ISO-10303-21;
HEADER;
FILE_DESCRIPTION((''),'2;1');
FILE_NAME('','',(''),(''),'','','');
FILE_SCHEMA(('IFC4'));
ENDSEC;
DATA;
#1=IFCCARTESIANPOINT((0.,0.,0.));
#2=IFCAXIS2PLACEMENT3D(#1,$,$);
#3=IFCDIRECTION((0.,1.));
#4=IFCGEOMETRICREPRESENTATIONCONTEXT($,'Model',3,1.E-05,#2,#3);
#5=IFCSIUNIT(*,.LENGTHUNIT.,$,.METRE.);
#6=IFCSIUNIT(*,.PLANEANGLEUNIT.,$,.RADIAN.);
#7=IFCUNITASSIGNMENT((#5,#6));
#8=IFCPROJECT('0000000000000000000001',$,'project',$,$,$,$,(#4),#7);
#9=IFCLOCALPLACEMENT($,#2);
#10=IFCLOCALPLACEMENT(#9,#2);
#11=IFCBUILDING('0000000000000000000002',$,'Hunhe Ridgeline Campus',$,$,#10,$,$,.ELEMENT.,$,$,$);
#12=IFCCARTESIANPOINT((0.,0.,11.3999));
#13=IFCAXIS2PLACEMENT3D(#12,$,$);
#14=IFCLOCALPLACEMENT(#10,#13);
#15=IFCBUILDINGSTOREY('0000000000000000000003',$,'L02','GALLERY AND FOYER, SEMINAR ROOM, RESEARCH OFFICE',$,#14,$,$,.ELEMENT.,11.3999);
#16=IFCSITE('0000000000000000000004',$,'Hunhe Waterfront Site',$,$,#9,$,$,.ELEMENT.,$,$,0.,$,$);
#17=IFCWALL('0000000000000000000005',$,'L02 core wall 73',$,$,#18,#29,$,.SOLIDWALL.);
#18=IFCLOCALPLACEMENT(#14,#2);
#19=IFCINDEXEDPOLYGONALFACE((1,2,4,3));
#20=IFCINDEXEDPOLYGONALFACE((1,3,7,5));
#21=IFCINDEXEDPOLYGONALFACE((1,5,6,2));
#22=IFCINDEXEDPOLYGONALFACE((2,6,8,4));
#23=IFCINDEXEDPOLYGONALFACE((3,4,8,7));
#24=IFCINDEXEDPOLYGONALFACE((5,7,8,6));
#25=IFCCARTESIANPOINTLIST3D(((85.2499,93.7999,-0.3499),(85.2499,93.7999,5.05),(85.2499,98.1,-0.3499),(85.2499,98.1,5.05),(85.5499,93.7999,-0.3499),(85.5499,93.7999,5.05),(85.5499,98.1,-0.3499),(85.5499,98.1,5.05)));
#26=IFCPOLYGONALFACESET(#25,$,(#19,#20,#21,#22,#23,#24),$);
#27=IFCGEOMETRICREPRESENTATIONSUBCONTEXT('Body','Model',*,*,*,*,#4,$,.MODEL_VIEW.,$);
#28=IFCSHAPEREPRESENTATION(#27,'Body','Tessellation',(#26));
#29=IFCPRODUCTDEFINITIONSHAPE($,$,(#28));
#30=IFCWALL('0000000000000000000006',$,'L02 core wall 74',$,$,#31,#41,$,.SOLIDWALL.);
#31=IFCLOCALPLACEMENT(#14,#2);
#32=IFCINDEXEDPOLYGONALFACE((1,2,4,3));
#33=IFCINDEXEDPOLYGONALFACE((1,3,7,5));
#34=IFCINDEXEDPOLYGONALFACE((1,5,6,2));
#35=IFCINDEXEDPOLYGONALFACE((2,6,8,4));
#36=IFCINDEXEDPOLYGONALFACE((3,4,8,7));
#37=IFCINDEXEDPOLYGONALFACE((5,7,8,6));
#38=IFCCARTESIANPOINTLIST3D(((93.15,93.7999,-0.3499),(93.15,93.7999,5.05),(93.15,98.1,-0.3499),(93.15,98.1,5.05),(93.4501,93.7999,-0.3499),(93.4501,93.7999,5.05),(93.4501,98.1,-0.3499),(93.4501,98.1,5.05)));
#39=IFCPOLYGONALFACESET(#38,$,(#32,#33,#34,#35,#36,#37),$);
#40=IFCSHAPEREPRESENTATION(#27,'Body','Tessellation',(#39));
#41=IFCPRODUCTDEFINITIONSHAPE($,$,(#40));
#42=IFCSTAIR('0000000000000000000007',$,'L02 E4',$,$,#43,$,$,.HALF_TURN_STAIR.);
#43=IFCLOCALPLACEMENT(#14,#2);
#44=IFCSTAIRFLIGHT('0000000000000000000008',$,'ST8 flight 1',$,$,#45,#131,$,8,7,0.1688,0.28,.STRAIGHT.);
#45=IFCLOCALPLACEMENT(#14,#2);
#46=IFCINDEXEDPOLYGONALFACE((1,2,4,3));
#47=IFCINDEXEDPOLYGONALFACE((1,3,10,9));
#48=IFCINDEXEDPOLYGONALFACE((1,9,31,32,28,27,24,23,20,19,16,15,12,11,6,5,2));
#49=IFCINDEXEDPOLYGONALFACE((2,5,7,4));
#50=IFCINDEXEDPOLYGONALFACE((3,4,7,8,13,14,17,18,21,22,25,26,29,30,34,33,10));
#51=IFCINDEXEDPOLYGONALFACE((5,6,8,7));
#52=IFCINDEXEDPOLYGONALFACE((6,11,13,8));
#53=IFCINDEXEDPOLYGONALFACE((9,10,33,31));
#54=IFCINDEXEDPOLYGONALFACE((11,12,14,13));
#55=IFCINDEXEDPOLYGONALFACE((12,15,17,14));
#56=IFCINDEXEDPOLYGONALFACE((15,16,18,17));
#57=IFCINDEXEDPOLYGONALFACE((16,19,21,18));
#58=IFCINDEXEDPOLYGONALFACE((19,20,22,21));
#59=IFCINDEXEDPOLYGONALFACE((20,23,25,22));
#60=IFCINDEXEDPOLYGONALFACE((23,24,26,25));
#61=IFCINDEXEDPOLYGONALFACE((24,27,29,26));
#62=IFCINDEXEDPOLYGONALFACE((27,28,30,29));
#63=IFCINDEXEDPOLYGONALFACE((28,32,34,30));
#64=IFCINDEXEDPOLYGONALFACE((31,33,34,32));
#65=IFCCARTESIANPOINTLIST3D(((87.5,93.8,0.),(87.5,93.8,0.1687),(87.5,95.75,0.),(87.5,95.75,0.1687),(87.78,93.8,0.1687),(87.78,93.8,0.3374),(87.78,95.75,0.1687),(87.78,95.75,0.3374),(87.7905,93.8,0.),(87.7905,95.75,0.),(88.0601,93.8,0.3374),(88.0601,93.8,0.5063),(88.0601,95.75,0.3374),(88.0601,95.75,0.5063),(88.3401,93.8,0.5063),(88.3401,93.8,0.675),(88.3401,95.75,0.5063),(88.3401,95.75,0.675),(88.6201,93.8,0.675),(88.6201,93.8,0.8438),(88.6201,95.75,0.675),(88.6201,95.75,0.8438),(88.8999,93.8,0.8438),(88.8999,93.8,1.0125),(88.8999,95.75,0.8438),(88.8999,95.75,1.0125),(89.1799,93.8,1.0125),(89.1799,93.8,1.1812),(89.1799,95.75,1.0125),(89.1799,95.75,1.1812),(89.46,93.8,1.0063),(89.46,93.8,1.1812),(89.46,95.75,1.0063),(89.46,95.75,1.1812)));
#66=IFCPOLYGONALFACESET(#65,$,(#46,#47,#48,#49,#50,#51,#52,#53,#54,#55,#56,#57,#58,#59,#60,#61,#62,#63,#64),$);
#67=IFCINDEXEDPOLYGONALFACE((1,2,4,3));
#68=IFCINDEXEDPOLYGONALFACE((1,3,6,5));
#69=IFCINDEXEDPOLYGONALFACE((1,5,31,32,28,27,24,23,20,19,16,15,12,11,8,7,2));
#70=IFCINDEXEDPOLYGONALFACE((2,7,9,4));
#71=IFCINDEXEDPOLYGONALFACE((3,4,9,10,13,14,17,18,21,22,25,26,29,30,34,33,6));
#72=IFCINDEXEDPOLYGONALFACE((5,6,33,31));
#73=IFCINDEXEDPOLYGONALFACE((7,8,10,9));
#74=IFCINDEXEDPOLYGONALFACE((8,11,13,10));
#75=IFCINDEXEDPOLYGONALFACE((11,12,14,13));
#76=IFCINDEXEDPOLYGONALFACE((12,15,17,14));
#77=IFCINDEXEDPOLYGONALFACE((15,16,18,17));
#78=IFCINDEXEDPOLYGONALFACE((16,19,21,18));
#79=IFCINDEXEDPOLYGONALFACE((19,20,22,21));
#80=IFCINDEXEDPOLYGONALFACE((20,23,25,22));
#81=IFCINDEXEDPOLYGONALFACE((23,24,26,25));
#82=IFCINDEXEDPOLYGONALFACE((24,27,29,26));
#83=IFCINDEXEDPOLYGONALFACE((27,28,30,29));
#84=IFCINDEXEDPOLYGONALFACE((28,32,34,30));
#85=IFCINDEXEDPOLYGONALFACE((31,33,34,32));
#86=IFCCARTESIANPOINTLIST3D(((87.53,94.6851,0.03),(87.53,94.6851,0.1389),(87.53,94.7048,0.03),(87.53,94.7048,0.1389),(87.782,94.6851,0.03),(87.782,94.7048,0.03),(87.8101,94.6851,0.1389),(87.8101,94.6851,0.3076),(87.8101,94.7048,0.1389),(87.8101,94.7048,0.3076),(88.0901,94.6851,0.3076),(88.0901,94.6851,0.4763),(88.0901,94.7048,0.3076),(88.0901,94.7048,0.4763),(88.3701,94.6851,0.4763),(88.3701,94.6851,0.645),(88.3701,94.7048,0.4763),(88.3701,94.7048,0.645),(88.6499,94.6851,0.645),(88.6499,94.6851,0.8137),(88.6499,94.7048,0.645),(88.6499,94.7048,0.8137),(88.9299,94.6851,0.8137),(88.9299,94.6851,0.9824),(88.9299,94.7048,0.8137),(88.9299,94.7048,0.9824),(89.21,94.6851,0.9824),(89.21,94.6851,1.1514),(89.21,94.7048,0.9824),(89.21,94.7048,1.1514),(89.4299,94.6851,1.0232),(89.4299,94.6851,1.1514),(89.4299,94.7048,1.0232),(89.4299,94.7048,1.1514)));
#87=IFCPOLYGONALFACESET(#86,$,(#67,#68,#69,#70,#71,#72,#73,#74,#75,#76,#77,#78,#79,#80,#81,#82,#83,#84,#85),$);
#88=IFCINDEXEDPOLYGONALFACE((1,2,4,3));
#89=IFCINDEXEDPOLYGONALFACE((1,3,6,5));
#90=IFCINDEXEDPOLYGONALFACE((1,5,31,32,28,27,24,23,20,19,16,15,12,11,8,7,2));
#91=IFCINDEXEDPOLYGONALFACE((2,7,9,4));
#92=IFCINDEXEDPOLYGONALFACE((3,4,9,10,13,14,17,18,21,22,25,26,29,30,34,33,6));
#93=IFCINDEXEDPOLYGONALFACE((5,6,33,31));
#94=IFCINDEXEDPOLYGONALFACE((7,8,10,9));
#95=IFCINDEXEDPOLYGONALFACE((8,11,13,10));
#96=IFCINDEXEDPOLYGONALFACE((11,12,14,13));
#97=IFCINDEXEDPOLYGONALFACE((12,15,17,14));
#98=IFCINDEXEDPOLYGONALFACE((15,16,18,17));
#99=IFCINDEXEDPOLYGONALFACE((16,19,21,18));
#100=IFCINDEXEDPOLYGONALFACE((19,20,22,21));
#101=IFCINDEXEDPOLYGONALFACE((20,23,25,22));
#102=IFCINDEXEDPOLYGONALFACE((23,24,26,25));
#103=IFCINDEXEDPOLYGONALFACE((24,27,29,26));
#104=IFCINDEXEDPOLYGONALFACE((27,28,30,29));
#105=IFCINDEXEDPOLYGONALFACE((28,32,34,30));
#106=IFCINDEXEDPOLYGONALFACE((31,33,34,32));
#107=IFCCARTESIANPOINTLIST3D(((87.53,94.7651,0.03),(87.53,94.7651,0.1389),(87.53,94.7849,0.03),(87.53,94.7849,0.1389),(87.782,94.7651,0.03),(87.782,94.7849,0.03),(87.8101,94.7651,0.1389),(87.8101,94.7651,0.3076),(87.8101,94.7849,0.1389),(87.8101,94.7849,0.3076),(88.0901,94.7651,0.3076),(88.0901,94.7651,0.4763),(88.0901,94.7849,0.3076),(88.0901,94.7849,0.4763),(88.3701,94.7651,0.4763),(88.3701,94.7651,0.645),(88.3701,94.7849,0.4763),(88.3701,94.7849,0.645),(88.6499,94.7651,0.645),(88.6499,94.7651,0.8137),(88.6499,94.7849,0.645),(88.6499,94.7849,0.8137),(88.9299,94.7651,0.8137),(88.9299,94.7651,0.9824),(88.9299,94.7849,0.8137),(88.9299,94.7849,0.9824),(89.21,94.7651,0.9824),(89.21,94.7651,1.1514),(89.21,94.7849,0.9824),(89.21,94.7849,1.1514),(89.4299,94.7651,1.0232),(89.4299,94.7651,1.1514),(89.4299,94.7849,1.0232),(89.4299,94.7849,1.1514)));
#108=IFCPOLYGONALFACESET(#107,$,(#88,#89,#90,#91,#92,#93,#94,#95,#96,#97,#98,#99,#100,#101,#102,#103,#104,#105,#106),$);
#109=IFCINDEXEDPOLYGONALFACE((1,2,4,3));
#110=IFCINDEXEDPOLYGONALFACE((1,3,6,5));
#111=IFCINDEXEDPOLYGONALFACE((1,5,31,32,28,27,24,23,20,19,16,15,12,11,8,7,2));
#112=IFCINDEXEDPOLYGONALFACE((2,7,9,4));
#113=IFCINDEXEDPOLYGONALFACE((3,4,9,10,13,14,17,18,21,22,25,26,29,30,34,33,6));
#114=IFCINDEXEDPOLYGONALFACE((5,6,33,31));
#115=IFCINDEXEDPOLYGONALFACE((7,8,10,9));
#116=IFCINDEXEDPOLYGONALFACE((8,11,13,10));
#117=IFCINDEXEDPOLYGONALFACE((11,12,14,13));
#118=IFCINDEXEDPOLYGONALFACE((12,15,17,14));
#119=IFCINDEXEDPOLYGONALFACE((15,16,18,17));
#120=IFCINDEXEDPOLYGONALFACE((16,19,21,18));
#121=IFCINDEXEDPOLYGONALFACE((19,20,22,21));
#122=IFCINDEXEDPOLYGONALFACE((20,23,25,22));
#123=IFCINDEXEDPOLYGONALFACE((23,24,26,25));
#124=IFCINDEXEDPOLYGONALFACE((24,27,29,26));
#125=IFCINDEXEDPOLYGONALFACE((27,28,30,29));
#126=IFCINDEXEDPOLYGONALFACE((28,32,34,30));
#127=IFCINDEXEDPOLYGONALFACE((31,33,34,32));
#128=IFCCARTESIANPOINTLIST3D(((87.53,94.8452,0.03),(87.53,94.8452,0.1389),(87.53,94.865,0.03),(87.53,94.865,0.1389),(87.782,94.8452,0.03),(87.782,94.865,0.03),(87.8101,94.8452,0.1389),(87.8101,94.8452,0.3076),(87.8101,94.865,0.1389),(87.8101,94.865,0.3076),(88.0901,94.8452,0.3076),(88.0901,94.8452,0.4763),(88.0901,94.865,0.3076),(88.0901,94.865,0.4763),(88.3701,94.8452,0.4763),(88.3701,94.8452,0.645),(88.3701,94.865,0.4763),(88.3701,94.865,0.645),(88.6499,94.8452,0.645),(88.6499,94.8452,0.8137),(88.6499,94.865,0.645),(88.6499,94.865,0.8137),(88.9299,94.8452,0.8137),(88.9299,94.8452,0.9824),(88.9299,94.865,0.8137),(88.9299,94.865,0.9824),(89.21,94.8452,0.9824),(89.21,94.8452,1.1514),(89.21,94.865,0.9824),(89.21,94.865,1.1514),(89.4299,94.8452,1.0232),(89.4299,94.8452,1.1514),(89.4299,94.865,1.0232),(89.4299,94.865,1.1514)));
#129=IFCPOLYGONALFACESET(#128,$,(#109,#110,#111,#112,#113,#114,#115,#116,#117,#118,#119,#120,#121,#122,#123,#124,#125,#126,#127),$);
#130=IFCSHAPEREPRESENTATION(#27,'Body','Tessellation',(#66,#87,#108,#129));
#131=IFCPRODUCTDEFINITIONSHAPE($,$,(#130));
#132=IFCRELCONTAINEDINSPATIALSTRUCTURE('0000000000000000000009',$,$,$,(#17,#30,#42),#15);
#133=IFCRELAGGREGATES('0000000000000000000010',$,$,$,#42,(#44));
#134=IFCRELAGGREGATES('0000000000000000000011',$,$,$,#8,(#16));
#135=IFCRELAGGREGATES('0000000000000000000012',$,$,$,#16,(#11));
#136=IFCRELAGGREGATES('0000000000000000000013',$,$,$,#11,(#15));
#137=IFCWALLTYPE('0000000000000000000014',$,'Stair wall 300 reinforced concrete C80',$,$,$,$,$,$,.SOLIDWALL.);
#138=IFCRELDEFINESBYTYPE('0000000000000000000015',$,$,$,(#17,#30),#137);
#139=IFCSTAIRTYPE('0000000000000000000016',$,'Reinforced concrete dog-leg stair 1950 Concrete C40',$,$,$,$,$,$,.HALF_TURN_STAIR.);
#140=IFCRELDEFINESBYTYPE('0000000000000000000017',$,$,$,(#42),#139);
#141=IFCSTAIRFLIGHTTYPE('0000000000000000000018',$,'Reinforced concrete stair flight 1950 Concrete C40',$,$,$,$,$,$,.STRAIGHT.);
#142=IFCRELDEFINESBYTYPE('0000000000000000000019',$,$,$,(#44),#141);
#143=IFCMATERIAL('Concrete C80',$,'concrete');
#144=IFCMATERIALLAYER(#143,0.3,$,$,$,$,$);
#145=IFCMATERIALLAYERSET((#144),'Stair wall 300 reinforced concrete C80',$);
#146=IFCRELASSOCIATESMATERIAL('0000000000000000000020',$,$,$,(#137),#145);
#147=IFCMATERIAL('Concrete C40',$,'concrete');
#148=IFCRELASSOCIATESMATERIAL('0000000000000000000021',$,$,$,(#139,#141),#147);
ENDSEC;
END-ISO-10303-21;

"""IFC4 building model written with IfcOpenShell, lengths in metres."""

from ifc_helpers import new_model, si_unit, direction, frame, frame_2d, origin, place, context, subcontext, project, spatial, polyline, rectangle, outline, extrude, material, layer, layer_set, type_object, element, aggregate, save


model = new_model("IFC4")

# Units and contexts
model_context = context("Model", 3, precision=1e-05, world=origin(), true_north=direction((0.0, 1.0)))
body_context = subcontext(model_context, "Body", "Model", "MODEL_VIEW")
ifc_project = project(units=[si_unit("LENGTHUNIT", "METRE"), si_unit("PLANEANGLEUNIT", "RADIAN")], contexts=[model_context])

# Site, building, storey
site_placement = place(None, origin())
site = spatial("IfcSite", under=ifc_project, at=site_placement, Name="Hunhe Waterfront Site", CompositionType="ELEMENT", RefElevation=0.0)
building_placement = place(site_placement, origin())
building = spatial("IfcBuilding", under=site, at=building_placement, Name="Hunhe Ridgeline Campus", CompositionType="ELEMENT")
storey_placement = place(building_placement, frame((0.0, 0.0, 11.3999)))
storey = spatial("IfcBuildingStorey", under=building, at=storey_placement, Name="L02", Description="GALLERY AND FOYER, SEMINAR ROOM, RESEARCH OFFICE", CompositionType="ELEMENT", Elevation=11.3999)

# Shared definitions
ifc_material_1 = material(Name="Concrete C80", Category="concrete")

# Shared definitions
ifc_layer_1 = layer(ifc_material_1, 0.3)
ifc_layer_set_1 = layer_set([ifc_layer_1], Name="Stair wall 300 reinforced concrete C80")
wall_type_1 = type_object("IfcWallType", Name="Stair wall 300 reinforced concrete C80", PredefinedType="SOLIDWALL", material=ifc_layer_set_1)

# Walls
for number, where, z_axis, x_axis, name in (
    (1, (85.3999, 93.8, -0.3499), (0.0, 0.0, 1.0), (0.0, 1.0, 0.0), "L02 core wall 73"),
    (2, (93.3, 93.8, -0.3499), (0.0, 0.0, 1.0), (0.0, 1.0, 0.0), "L02 core wall 74"),
):
    element("IfcWall", number, at=place(storey_placement, frame(where, z_axis=z_axis, x_axis=x_axis)), inside=storey, type_object=wall_type_1, Name=name, PredefinedType="SOLIDWALL", context=body_context, shape_type="SweptSolid", body=[
        extrude(rectangle(XDim=4.3, YDim=0.3, at=frame_2d((2.1499, 0.0))), origin(), (0.0, 0.0, 1.0), 5.3999),
    ])

# Stair, stair flight
ifc_material_2 = material(Name="Concrete C40", Category="concrete")
stair_type = type_object("IfcStairType", Name="Reinforced concrete dog-leg stair 1950 Concrete C40", PredefinedType="HALF_TURN_STAIR", material=ifc_material_2)
stair_1_placement = place(storey_placement, origin())
stair_1 = element("IfcStair", 3, at=stair_1_placement, inside=storey, type_object=stair_type, Name="L02 E4", PredefinedType="HALF_TURN_STAIR")
stair_flight_type = type_object("IfcStairFlightType", Name="Reinforced concrete stair flight 1950 Concrete C40", PredefinedType="STRAIGHT", material=ifc_material_2)
stair_flight_1_placement = place(storey_placement, frame((87.5, 94.7749, 0.0), z_axis=(0.0, 0.0, 1.0), x_axis=(1.0, 0.0, 0.0)))
stair_flight_1 = element("IfcStairFlight", 4, at=stair_flight_1_placement, type_object=stair_flight_type, Name="ST8 flight 1", NumberOfRisers=8, NumberOfTreads=7, PredefinedType="STRAIGHT", RiserHeight=0.1688, TreadLength=0.28, context=body_context, shape_type="SweptSolid", body=[
    extrude(outline(polyline([(0.0, 0.0), (0.0, 0.1687), (0.28, 0.1687), (0.28, 0.3374), (0.5601, 0.3374), (0.5601, 0.5063), (0.8401, 0.5063), (0.8401, 0.675), (1.1201, 0.675), (1.1201, 0.8438), (1.3999, 0.8438), (1.3999, 1.0125), (1.6799, 1.0125), (1.6799, 1.1812), (1.96, 1.1812), (1.96, 1.3501), (1.96, 1.0063), (0.2905, 0.0), (0.0, 0.0)])), frame((0.0, 0.9751, 0.0), z_axis=(0.0, -1.0, 0.0), x_axis=(1.0, 0.0, 0.0)), (0.0, 0.0, 1.0), 1.95),
    extrude(outline(polyline([(0.03, 0.03), (0.03, 0.1389), (0.3101, 0.1389), (0.3101, 0.3076), (0.5901, 0.3076), (0.5901, 0.4763), (0.8701, 0.4763), (0.8701, 0.645), (1.1499, 0.645), (1.1499, 0.8137), (1.4299, 0.8137), (1.4299, 0.9824), (1.71, 0.9824), (1.71, 1.1514), (1.9299, 1.1514), (1.9299, 1.0232), (0.282, 0.03), (0.03, 0.03)])), frame((0.0, -0.0701, 0.0), z_axis=(0.0, -1.0, 0.0), x_axis=(1.0, 0.0, 0.0)), (0.0, 0.0, 1.0), 0.0198),
    extrude(outline(polyline([(0.03, 0.03), (0.03, 0.1389), (0.3101, 0.1389), (0.3101, 0.3076), (0.5901, 0.3076), (0.5901, 0.4763), (0.8701, 0.4763), (0.8701, 0.645), (1.1499, 0.645), (1.1499, 0.8137), (1.4299, 0.8137), (1.4299, 0.9824), (1.71, 0.9824), (1.71, 1.1514), (1.9299, 1.1514), (1.9299, 1.0232), (0.282, 0.03), (0.03, 0.03)])), frame((0.0, 0.01, 0.0), z_axis=(0.0, -1.0, 0.0), x_axis=(1.0, 0.0, 0.0)), (0.0, 0.0, 1.0), 0.0198),
    extrude(outline(polyline([(0.03, 0.03), (0.03, 0.1389), (0.3101, 0.1389), (0.3101, 0.3076), (0.5901, 0.3076), (0.5901, 0.4763), (0.8701, 0.4763), (0.8701, 0.645), (1.1499, 0.645), (1.1499, 0.8137), (1.4299, 0.8137), (1.4299, 0.9824), (1.71, 0.9824), (1.71, 1.1514), (1.9299, 1.1514), (1.9299, 1.0232), (0.282, 0.03), (0.03, 0.03)])), frame((0.0, 0.0901, 0.0), z_axis=(0.0, -1.0, 0.0), x_axis=(1.0, 0.0, 0.0)), (0.0, 0.0, 1.0), 0.0198),
])
aggregate(stair_1, [stair_flight_1])

save(model, "model.ifc")
